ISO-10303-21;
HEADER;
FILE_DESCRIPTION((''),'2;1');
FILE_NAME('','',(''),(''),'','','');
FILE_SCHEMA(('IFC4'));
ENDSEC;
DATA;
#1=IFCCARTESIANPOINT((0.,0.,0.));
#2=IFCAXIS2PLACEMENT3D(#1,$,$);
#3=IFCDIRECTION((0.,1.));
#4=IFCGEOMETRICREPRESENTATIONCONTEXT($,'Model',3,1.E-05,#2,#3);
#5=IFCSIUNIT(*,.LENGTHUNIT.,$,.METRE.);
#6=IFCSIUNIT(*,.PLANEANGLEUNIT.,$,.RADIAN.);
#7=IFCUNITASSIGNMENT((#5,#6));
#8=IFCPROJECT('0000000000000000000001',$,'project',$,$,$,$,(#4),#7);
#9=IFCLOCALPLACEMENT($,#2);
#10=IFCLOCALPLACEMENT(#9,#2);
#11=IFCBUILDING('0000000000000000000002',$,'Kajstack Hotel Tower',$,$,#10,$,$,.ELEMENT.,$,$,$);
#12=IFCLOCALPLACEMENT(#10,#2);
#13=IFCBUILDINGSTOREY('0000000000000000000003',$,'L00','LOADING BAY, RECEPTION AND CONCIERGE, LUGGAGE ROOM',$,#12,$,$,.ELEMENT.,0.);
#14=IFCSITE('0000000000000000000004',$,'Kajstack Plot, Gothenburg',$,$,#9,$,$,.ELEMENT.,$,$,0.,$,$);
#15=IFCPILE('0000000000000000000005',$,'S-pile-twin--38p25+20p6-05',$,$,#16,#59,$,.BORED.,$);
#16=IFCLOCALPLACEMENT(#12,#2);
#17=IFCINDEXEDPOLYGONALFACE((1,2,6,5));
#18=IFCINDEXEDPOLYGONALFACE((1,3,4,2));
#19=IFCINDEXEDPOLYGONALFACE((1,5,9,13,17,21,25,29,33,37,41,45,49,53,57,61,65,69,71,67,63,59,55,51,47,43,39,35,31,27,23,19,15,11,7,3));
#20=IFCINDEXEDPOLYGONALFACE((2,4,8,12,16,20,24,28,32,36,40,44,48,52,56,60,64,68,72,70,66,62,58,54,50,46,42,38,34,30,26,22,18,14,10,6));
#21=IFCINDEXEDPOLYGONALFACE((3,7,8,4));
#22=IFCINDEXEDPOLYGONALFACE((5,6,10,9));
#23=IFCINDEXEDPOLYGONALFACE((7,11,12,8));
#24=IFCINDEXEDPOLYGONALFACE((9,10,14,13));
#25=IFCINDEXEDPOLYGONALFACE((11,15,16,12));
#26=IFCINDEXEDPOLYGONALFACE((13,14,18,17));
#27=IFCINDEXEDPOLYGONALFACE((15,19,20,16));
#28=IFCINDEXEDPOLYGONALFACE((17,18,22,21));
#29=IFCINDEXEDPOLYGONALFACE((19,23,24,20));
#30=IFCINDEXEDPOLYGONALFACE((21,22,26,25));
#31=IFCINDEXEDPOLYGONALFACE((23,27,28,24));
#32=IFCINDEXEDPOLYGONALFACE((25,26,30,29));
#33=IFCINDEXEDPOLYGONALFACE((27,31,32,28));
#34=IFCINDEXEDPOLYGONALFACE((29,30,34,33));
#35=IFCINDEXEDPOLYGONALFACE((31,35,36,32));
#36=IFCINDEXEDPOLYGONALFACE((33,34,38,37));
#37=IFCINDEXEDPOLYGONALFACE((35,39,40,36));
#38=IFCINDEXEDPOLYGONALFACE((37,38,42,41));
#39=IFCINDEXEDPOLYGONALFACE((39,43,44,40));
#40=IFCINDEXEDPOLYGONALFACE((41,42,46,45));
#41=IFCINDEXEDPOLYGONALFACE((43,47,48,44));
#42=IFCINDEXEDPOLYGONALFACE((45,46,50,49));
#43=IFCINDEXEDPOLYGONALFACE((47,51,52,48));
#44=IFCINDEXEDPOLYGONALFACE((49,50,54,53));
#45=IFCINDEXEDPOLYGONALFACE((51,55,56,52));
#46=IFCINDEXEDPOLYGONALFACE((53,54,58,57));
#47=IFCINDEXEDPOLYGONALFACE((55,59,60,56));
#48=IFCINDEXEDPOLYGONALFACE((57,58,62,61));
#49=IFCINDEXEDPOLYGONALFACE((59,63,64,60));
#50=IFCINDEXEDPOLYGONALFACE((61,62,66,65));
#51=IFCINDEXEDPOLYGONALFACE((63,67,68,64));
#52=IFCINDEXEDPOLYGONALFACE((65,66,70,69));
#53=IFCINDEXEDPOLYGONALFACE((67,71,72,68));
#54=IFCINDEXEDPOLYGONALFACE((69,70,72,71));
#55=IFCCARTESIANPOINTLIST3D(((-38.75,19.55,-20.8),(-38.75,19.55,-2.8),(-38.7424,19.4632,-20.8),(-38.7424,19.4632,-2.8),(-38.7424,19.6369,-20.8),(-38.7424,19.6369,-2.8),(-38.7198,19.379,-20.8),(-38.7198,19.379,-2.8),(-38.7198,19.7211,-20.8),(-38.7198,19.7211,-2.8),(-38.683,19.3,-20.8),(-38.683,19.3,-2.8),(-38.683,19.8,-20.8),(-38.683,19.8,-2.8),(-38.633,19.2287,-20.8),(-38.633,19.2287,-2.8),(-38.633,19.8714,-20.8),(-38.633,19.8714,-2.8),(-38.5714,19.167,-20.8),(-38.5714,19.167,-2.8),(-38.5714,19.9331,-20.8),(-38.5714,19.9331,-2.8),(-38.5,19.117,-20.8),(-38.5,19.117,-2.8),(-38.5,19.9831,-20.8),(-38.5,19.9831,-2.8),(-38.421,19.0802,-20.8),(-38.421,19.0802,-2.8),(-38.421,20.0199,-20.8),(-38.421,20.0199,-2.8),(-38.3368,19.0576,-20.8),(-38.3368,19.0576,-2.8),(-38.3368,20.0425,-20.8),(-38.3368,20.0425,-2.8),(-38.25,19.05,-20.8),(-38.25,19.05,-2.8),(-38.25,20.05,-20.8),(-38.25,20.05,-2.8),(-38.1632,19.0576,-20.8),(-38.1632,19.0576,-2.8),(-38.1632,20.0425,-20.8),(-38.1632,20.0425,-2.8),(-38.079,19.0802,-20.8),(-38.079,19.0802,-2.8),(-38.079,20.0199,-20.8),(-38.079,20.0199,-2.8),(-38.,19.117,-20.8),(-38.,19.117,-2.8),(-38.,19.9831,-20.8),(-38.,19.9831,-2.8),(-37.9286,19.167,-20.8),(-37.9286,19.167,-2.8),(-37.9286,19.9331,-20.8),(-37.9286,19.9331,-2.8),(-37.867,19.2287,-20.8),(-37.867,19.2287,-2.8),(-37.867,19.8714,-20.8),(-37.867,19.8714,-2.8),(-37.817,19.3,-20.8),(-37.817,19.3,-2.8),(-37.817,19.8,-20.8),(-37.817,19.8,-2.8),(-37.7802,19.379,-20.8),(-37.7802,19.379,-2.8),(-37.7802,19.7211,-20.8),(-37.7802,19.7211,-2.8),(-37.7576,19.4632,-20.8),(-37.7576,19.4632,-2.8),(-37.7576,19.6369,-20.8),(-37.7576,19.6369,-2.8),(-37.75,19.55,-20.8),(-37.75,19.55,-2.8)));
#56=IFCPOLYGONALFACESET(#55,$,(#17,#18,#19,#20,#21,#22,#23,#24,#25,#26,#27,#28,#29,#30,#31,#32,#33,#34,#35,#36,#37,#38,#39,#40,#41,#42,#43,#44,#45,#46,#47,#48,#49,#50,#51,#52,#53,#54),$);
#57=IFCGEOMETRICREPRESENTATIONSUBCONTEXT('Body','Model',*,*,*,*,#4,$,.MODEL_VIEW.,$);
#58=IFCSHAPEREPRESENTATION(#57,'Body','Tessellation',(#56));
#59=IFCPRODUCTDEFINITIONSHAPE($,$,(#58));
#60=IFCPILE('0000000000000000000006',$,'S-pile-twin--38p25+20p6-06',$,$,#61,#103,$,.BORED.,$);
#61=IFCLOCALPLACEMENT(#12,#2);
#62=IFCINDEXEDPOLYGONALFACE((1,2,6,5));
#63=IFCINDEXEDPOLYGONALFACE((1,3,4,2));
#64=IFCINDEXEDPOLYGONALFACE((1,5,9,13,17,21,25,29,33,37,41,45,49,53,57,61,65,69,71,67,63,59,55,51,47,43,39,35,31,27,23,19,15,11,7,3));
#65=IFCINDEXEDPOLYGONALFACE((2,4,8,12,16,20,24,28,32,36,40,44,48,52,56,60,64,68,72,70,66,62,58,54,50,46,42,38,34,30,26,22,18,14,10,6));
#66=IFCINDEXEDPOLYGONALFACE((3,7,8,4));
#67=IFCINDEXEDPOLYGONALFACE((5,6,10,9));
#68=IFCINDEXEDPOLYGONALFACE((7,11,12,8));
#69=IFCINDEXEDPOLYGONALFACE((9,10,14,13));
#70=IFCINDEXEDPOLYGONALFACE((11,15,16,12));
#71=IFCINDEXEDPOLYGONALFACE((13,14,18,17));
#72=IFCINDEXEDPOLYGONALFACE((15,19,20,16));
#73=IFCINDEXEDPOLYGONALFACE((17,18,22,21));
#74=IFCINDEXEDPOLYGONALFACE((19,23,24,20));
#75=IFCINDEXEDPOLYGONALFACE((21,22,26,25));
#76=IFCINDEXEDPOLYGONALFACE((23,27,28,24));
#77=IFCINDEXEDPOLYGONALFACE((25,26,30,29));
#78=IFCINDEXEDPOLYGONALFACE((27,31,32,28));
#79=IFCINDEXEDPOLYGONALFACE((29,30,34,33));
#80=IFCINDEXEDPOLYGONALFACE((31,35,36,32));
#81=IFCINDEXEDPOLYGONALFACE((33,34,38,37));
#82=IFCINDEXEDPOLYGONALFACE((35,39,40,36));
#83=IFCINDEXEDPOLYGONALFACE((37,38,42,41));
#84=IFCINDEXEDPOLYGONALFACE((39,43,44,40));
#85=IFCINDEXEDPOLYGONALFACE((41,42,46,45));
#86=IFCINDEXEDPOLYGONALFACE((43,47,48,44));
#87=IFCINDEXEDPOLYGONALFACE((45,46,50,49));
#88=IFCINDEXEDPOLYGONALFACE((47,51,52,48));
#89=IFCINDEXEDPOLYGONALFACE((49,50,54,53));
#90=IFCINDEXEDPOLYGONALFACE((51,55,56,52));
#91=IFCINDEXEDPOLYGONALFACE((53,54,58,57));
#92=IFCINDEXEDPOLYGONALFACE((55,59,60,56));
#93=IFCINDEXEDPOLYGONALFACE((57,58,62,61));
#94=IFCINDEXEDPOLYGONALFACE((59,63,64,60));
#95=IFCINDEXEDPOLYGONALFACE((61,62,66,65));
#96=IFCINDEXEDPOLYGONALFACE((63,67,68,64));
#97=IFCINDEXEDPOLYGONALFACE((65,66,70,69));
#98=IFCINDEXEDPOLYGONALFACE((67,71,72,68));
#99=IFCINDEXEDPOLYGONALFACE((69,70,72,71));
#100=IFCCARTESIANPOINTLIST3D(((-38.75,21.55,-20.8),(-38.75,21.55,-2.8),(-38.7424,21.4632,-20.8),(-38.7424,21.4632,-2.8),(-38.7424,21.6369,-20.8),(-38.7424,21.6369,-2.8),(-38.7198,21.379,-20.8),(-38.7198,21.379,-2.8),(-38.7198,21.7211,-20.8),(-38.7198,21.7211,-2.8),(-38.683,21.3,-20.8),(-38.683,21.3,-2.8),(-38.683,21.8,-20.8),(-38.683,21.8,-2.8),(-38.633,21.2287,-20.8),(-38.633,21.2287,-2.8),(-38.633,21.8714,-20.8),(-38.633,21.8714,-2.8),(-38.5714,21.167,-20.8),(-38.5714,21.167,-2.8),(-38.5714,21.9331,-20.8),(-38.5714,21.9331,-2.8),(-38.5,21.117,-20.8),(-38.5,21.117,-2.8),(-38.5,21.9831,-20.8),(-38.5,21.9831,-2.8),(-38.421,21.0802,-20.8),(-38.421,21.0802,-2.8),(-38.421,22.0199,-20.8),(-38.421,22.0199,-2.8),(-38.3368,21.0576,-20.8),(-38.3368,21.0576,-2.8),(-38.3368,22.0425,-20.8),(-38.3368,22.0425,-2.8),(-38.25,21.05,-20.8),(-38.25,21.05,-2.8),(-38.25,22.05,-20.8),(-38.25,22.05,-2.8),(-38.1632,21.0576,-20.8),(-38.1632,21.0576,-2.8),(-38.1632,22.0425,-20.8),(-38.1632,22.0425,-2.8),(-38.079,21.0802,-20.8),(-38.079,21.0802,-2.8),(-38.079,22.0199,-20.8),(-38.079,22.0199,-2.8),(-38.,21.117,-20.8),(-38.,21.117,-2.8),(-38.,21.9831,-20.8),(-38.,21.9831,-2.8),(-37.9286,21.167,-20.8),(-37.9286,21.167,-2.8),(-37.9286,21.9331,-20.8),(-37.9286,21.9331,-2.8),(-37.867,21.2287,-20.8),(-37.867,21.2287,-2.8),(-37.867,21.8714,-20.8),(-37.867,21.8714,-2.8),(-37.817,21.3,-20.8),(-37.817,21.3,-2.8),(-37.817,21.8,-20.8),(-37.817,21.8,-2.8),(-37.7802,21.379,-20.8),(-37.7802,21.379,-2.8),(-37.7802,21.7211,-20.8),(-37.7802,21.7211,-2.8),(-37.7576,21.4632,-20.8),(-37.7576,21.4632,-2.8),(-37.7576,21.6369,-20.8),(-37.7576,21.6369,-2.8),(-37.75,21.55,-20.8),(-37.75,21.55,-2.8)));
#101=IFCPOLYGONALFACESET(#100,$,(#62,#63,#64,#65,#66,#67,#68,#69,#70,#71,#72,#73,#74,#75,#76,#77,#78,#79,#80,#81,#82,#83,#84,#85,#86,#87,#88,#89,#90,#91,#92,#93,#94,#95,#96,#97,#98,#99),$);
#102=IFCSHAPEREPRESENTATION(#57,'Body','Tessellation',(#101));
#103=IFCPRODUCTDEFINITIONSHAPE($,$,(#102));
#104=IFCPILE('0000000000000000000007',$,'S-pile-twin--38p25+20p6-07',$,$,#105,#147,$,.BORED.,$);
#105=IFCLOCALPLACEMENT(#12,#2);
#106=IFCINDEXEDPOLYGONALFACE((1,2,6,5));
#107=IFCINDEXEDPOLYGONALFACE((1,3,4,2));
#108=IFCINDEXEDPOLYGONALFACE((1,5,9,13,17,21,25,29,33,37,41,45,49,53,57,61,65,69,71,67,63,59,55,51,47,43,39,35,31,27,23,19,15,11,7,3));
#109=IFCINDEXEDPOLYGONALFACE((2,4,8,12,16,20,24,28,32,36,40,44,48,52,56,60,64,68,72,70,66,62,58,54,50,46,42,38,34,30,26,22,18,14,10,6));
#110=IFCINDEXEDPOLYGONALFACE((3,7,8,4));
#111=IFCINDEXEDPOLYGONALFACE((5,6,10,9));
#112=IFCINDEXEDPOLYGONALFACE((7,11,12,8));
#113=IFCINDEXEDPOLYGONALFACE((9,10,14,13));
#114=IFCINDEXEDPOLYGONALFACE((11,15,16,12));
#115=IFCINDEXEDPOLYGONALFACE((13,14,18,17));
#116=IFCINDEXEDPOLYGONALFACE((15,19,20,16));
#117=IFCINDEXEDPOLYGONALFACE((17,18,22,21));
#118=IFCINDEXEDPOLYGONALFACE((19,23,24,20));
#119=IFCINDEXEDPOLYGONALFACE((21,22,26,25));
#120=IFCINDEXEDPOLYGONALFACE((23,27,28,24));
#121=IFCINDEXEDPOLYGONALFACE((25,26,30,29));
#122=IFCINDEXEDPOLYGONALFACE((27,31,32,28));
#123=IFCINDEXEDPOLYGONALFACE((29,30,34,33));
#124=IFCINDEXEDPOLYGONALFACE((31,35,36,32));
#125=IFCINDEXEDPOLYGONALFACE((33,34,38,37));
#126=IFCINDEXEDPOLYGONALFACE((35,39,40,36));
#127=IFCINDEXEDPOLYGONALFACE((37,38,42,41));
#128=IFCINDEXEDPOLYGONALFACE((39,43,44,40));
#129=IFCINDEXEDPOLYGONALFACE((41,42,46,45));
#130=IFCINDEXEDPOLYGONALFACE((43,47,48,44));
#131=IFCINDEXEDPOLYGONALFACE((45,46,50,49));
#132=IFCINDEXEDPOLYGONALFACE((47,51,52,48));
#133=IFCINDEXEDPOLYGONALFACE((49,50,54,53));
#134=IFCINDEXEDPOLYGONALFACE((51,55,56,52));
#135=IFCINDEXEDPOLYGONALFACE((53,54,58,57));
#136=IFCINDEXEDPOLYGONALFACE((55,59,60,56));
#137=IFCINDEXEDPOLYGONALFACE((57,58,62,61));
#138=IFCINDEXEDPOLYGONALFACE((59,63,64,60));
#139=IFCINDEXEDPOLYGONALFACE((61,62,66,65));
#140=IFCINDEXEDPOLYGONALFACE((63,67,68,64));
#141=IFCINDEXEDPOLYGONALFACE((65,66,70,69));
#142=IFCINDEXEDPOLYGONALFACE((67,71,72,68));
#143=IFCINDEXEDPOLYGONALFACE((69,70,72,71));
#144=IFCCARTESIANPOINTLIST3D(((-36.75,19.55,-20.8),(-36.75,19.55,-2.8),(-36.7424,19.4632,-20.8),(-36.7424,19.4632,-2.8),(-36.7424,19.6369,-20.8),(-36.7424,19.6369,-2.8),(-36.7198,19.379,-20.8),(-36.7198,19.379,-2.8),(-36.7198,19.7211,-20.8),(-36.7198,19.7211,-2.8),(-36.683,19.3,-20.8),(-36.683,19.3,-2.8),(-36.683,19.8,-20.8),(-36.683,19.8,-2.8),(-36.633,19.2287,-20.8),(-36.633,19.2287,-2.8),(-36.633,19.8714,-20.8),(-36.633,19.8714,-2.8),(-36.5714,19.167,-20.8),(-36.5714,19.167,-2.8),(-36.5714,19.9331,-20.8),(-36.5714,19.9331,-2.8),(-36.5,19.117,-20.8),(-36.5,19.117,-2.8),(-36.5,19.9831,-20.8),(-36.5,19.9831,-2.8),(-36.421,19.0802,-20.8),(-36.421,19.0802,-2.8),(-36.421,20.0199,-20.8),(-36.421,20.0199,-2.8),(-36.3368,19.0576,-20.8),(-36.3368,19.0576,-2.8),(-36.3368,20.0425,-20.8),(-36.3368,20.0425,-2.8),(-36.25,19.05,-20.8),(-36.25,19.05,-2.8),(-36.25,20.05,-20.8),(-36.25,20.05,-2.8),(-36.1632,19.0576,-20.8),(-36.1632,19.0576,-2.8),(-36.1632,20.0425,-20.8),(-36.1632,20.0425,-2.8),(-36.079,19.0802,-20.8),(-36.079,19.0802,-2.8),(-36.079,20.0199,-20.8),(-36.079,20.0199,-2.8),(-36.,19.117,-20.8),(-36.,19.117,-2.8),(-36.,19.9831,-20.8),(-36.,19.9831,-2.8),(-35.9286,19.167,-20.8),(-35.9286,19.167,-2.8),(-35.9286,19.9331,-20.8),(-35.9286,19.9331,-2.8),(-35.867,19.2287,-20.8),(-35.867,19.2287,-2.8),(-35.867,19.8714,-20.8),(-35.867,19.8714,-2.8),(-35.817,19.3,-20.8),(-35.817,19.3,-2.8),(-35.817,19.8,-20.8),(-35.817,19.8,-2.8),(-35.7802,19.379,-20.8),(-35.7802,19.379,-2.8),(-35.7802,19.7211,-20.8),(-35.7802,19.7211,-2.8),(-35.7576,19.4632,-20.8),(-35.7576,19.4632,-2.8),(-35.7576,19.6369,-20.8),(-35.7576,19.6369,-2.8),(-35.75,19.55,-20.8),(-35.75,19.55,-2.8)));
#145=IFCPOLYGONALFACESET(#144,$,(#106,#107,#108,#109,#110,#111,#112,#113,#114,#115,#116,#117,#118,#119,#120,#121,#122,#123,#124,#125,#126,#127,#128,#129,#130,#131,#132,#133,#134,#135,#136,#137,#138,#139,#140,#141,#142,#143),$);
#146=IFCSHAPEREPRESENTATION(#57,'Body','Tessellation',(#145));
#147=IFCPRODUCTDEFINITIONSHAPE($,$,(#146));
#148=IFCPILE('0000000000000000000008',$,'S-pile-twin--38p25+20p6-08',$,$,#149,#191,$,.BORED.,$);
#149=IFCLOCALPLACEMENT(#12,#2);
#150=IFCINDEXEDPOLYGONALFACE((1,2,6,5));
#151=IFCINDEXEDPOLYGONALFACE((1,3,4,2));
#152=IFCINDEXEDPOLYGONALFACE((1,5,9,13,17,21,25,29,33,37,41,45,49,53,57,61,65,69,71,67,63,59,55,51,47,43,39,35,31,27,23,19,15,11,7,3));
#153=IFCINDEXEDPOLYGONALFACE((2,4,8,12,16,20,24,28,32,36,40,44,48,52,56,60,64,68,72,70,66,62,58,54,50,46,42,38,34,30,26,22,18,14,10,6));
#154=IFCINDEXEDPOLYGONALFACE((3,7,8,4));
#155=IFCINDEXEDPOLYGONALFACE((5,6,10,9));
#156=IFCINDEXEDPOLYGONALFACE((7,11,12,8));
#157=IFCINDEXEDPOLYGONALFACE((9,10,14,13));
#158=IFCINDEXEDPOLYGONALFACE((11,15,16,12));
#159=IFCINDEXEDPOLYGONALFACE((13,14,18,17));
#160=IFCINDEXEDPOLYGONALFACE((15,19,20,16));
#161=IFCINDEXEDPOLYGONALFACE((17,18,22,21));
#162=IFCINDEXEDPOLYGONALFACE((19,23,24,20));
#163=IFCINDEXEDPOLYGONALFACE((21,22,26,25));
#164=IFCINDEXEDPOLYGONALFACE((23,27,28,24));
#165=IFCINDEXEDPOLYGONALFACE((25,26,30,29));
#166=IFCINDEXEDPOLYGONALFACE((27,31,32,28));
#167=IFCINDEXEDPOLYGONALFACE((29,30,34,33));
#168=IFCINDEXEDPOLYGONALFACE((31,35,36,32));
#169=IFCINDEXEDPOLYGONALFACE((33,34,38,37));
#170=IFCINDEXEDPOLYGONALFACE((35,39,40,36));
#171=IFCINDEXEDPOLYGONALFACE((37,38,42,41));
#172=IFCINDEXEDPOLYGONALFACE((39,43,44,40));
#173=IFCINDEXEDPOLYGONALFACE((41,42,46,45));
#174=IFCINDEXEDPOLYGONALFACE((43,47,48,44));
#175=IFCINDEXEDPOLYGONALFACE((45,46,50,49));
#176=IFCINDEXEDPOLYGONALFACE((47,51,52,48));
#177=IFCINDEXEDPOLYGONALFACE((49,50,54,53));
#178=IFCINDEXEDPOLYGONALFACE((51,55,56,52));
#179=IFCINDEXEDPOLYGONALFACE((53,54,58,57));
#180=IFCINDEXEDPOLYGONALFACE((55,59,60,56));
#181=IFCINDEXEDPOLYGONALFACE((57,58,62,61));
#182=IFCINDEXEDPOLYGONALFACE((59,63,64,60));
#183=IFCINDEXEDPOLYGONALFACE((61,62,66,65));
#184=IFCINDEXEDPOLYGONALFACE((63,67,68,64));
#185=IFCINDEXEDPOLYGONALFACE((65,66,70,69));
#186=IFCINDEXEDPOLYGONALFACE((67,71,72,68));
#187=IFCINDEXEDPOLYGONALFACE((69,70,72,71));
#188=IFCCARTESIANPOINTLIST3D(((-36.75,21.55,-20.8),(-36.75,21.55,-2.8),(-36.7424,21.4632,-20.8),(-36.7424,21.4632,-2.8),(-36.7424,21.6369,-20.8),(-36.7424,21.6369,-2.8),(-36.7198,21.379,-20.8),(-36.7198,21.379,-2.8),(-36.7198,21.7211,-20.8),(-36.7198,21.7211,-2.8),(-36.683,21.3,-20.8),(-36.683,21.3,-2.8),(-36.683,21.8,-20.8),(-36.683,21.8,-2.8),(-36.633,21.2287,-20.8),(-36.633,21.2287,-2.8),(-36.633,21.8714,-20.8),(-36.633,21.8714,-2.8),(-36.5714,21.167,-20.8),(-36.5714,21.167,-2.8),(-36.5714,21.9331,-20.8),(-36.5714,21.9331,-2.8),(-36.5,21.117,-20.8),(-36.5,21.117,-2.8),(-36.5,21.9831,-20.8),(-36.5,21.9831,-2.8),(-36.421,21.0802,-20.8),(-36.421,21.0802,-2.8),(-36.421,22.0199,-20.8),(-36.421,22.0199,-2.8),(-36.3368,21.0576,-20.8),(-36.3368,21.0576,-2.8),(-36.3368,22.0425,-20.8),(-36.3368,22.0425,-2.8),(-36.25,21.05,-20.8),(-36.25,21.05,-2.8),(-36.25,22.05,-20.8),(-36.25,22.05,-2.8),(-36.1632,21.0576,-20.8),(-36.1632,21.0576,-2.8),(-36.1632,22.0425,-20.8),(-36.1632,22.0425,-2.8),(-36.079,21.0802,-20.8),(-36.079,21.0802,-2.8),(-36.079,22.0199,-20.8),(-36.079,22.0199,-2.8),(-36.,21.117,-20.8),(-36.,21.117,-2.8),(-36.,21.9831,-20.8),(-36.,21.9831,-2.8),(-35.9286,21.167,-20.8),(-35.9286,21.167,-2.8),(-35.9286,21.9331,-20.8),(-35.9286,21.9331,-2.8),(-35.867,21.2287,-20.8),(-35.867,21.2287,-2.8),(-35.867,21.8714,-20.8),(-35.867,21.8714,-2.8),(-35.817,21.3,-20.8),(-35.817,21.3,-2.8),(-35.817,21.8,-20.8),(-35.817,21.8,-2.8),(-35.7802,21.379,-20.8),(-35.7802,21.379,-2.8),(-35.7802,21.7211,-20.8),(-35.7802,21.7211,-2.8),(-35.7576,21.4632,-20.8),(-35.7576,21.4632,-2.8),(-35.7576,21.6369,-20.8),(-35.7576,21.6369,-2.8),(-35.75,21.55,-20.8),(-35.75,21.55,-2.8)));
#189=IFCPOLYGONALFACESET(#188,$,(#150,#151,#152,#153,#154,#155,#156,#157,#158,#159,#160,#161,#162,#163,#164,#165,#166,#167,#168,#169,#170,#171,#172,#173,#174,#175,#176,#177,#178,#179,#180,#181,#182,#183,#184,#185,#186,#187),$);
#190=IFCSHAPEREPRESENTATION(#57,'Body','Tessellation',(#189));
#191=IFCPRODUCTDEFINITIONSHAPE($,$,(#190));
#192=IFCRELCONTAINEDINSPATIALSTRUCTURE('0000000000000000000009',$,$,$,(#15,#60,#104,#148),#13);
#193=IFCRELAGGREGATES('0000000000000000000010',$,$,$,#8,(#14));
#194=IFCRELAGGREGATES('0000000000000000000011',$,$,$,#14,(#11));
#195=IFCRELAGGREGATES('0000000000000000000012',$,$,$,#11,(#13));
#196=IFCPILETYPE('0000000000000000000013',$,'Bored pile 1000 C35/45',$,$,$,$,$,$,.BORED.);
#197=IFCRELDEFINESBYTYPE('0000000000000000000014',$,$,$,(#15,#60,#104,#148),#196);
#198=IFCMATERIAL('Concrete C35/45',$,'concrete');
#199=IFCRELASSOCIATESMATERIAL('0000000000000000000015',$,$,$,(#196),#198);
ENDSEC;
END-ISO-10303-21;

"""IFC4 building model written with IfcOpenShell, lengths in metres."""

from ifc_helpers import new_model, si_unit, direction, frame, origin, origin_2d, place, context, subcontext, project, spatial, circle, extrude, material, material_profile, profile_set, type_object, element, save


model = new_model("IFC4")

# Units and contexts
model_context = context("Model", 3, precision=1e-05, world=origin(), true_north=direction((0.0, 1.0)))
body_context = subcontext(model_context, "Body", "Model", "MODEL_VIEW")
ifc_project = project(units=[si_unit("LENGTHUNIT", "METRE"), si_unit("PLANEANGLEUNIT", "RADIAN")], contexts=[model_context])

# Site, building, storey
site_placement = place(None, origin())
site = spatial("IfcSite", under=ifc_project, at=site_placement, Name="Kajstack Plot, Gothenburg", CompositionType="ELEMENT", RefElevation=0.0)
building_placement = place(site_placement, origin())
building = spatial("IfcBuilding", under=site, at=building_placement, Name="Kajstack Hotel Tower", CompositionType="ELEMENT")
storey_placement = place(building_placement, origin())
storey = spatial("IfcBuildingStorey", under=building, at=storey_placement, Name="L00", Description="LOADING BAY, RECEPTION AND CONCIERGE, LUGGAGE ROOM", CompositionType="ELEMENT", Elevation=0.0)

# Piles
ifc_material_1 = material(Name="Concrete C35/45", Category="concrete")
ifc_material_profile_1 = material_profile(ifc_material_1, circle(Radius=0.5, at=origin_2d()), Name="RC round 1000")
ifc_profile_set_1 = profile_set([ifc_material_profile_1], Name="Concrete C35/45")
pile_type_1 = type_object("IfcPileType", Name="Bored pile 1000 C35/45", PredefinedType="BORED", material=ifc_profile_set_1)
for number, where, z_axis, x_axis, name in (
    (1, (-38.25, 19.55, -2.8), (0.0, 0.0, -1.0), (1.0, 0.0, 0.0), "S-pile-twin--38p25+20p6-05"),
    (2, (-38.25, 21.55, -2.8), (0.0, 0.0, -1.0), (1.0, 0.0, 0.0), "S-pile-twin--38p25+20p6-06"),
    (3, (-36.25, 19.55, -2.8), (0.0, 0.0, -1.0), (1.0, 0.0, 0.0), "S-pile-twin--38p25+20p6-07"),
    (4, (-36.25, 21.55, -2.8), (0.0, 0.0, -1.0), (1.0, 0.0, 0.0), "S-pile-twin--38p25+20p6-08"),
):
    element("IfcPile", number, at=place(storey_placement, frame(where, z_axis=z_axis, x_axis=x_axis)), inside=storey, type_object=pile_type_1, Name=name, PredefinedType="BORED", context=body_context, shape_type="SweptSolid", body=[
        extrude(circle(Radius=0.5, at=origin_2d()), origin(), (0.0, 0.0, 1.0), 18.0),
    ])

save(model, "model.ifc")
